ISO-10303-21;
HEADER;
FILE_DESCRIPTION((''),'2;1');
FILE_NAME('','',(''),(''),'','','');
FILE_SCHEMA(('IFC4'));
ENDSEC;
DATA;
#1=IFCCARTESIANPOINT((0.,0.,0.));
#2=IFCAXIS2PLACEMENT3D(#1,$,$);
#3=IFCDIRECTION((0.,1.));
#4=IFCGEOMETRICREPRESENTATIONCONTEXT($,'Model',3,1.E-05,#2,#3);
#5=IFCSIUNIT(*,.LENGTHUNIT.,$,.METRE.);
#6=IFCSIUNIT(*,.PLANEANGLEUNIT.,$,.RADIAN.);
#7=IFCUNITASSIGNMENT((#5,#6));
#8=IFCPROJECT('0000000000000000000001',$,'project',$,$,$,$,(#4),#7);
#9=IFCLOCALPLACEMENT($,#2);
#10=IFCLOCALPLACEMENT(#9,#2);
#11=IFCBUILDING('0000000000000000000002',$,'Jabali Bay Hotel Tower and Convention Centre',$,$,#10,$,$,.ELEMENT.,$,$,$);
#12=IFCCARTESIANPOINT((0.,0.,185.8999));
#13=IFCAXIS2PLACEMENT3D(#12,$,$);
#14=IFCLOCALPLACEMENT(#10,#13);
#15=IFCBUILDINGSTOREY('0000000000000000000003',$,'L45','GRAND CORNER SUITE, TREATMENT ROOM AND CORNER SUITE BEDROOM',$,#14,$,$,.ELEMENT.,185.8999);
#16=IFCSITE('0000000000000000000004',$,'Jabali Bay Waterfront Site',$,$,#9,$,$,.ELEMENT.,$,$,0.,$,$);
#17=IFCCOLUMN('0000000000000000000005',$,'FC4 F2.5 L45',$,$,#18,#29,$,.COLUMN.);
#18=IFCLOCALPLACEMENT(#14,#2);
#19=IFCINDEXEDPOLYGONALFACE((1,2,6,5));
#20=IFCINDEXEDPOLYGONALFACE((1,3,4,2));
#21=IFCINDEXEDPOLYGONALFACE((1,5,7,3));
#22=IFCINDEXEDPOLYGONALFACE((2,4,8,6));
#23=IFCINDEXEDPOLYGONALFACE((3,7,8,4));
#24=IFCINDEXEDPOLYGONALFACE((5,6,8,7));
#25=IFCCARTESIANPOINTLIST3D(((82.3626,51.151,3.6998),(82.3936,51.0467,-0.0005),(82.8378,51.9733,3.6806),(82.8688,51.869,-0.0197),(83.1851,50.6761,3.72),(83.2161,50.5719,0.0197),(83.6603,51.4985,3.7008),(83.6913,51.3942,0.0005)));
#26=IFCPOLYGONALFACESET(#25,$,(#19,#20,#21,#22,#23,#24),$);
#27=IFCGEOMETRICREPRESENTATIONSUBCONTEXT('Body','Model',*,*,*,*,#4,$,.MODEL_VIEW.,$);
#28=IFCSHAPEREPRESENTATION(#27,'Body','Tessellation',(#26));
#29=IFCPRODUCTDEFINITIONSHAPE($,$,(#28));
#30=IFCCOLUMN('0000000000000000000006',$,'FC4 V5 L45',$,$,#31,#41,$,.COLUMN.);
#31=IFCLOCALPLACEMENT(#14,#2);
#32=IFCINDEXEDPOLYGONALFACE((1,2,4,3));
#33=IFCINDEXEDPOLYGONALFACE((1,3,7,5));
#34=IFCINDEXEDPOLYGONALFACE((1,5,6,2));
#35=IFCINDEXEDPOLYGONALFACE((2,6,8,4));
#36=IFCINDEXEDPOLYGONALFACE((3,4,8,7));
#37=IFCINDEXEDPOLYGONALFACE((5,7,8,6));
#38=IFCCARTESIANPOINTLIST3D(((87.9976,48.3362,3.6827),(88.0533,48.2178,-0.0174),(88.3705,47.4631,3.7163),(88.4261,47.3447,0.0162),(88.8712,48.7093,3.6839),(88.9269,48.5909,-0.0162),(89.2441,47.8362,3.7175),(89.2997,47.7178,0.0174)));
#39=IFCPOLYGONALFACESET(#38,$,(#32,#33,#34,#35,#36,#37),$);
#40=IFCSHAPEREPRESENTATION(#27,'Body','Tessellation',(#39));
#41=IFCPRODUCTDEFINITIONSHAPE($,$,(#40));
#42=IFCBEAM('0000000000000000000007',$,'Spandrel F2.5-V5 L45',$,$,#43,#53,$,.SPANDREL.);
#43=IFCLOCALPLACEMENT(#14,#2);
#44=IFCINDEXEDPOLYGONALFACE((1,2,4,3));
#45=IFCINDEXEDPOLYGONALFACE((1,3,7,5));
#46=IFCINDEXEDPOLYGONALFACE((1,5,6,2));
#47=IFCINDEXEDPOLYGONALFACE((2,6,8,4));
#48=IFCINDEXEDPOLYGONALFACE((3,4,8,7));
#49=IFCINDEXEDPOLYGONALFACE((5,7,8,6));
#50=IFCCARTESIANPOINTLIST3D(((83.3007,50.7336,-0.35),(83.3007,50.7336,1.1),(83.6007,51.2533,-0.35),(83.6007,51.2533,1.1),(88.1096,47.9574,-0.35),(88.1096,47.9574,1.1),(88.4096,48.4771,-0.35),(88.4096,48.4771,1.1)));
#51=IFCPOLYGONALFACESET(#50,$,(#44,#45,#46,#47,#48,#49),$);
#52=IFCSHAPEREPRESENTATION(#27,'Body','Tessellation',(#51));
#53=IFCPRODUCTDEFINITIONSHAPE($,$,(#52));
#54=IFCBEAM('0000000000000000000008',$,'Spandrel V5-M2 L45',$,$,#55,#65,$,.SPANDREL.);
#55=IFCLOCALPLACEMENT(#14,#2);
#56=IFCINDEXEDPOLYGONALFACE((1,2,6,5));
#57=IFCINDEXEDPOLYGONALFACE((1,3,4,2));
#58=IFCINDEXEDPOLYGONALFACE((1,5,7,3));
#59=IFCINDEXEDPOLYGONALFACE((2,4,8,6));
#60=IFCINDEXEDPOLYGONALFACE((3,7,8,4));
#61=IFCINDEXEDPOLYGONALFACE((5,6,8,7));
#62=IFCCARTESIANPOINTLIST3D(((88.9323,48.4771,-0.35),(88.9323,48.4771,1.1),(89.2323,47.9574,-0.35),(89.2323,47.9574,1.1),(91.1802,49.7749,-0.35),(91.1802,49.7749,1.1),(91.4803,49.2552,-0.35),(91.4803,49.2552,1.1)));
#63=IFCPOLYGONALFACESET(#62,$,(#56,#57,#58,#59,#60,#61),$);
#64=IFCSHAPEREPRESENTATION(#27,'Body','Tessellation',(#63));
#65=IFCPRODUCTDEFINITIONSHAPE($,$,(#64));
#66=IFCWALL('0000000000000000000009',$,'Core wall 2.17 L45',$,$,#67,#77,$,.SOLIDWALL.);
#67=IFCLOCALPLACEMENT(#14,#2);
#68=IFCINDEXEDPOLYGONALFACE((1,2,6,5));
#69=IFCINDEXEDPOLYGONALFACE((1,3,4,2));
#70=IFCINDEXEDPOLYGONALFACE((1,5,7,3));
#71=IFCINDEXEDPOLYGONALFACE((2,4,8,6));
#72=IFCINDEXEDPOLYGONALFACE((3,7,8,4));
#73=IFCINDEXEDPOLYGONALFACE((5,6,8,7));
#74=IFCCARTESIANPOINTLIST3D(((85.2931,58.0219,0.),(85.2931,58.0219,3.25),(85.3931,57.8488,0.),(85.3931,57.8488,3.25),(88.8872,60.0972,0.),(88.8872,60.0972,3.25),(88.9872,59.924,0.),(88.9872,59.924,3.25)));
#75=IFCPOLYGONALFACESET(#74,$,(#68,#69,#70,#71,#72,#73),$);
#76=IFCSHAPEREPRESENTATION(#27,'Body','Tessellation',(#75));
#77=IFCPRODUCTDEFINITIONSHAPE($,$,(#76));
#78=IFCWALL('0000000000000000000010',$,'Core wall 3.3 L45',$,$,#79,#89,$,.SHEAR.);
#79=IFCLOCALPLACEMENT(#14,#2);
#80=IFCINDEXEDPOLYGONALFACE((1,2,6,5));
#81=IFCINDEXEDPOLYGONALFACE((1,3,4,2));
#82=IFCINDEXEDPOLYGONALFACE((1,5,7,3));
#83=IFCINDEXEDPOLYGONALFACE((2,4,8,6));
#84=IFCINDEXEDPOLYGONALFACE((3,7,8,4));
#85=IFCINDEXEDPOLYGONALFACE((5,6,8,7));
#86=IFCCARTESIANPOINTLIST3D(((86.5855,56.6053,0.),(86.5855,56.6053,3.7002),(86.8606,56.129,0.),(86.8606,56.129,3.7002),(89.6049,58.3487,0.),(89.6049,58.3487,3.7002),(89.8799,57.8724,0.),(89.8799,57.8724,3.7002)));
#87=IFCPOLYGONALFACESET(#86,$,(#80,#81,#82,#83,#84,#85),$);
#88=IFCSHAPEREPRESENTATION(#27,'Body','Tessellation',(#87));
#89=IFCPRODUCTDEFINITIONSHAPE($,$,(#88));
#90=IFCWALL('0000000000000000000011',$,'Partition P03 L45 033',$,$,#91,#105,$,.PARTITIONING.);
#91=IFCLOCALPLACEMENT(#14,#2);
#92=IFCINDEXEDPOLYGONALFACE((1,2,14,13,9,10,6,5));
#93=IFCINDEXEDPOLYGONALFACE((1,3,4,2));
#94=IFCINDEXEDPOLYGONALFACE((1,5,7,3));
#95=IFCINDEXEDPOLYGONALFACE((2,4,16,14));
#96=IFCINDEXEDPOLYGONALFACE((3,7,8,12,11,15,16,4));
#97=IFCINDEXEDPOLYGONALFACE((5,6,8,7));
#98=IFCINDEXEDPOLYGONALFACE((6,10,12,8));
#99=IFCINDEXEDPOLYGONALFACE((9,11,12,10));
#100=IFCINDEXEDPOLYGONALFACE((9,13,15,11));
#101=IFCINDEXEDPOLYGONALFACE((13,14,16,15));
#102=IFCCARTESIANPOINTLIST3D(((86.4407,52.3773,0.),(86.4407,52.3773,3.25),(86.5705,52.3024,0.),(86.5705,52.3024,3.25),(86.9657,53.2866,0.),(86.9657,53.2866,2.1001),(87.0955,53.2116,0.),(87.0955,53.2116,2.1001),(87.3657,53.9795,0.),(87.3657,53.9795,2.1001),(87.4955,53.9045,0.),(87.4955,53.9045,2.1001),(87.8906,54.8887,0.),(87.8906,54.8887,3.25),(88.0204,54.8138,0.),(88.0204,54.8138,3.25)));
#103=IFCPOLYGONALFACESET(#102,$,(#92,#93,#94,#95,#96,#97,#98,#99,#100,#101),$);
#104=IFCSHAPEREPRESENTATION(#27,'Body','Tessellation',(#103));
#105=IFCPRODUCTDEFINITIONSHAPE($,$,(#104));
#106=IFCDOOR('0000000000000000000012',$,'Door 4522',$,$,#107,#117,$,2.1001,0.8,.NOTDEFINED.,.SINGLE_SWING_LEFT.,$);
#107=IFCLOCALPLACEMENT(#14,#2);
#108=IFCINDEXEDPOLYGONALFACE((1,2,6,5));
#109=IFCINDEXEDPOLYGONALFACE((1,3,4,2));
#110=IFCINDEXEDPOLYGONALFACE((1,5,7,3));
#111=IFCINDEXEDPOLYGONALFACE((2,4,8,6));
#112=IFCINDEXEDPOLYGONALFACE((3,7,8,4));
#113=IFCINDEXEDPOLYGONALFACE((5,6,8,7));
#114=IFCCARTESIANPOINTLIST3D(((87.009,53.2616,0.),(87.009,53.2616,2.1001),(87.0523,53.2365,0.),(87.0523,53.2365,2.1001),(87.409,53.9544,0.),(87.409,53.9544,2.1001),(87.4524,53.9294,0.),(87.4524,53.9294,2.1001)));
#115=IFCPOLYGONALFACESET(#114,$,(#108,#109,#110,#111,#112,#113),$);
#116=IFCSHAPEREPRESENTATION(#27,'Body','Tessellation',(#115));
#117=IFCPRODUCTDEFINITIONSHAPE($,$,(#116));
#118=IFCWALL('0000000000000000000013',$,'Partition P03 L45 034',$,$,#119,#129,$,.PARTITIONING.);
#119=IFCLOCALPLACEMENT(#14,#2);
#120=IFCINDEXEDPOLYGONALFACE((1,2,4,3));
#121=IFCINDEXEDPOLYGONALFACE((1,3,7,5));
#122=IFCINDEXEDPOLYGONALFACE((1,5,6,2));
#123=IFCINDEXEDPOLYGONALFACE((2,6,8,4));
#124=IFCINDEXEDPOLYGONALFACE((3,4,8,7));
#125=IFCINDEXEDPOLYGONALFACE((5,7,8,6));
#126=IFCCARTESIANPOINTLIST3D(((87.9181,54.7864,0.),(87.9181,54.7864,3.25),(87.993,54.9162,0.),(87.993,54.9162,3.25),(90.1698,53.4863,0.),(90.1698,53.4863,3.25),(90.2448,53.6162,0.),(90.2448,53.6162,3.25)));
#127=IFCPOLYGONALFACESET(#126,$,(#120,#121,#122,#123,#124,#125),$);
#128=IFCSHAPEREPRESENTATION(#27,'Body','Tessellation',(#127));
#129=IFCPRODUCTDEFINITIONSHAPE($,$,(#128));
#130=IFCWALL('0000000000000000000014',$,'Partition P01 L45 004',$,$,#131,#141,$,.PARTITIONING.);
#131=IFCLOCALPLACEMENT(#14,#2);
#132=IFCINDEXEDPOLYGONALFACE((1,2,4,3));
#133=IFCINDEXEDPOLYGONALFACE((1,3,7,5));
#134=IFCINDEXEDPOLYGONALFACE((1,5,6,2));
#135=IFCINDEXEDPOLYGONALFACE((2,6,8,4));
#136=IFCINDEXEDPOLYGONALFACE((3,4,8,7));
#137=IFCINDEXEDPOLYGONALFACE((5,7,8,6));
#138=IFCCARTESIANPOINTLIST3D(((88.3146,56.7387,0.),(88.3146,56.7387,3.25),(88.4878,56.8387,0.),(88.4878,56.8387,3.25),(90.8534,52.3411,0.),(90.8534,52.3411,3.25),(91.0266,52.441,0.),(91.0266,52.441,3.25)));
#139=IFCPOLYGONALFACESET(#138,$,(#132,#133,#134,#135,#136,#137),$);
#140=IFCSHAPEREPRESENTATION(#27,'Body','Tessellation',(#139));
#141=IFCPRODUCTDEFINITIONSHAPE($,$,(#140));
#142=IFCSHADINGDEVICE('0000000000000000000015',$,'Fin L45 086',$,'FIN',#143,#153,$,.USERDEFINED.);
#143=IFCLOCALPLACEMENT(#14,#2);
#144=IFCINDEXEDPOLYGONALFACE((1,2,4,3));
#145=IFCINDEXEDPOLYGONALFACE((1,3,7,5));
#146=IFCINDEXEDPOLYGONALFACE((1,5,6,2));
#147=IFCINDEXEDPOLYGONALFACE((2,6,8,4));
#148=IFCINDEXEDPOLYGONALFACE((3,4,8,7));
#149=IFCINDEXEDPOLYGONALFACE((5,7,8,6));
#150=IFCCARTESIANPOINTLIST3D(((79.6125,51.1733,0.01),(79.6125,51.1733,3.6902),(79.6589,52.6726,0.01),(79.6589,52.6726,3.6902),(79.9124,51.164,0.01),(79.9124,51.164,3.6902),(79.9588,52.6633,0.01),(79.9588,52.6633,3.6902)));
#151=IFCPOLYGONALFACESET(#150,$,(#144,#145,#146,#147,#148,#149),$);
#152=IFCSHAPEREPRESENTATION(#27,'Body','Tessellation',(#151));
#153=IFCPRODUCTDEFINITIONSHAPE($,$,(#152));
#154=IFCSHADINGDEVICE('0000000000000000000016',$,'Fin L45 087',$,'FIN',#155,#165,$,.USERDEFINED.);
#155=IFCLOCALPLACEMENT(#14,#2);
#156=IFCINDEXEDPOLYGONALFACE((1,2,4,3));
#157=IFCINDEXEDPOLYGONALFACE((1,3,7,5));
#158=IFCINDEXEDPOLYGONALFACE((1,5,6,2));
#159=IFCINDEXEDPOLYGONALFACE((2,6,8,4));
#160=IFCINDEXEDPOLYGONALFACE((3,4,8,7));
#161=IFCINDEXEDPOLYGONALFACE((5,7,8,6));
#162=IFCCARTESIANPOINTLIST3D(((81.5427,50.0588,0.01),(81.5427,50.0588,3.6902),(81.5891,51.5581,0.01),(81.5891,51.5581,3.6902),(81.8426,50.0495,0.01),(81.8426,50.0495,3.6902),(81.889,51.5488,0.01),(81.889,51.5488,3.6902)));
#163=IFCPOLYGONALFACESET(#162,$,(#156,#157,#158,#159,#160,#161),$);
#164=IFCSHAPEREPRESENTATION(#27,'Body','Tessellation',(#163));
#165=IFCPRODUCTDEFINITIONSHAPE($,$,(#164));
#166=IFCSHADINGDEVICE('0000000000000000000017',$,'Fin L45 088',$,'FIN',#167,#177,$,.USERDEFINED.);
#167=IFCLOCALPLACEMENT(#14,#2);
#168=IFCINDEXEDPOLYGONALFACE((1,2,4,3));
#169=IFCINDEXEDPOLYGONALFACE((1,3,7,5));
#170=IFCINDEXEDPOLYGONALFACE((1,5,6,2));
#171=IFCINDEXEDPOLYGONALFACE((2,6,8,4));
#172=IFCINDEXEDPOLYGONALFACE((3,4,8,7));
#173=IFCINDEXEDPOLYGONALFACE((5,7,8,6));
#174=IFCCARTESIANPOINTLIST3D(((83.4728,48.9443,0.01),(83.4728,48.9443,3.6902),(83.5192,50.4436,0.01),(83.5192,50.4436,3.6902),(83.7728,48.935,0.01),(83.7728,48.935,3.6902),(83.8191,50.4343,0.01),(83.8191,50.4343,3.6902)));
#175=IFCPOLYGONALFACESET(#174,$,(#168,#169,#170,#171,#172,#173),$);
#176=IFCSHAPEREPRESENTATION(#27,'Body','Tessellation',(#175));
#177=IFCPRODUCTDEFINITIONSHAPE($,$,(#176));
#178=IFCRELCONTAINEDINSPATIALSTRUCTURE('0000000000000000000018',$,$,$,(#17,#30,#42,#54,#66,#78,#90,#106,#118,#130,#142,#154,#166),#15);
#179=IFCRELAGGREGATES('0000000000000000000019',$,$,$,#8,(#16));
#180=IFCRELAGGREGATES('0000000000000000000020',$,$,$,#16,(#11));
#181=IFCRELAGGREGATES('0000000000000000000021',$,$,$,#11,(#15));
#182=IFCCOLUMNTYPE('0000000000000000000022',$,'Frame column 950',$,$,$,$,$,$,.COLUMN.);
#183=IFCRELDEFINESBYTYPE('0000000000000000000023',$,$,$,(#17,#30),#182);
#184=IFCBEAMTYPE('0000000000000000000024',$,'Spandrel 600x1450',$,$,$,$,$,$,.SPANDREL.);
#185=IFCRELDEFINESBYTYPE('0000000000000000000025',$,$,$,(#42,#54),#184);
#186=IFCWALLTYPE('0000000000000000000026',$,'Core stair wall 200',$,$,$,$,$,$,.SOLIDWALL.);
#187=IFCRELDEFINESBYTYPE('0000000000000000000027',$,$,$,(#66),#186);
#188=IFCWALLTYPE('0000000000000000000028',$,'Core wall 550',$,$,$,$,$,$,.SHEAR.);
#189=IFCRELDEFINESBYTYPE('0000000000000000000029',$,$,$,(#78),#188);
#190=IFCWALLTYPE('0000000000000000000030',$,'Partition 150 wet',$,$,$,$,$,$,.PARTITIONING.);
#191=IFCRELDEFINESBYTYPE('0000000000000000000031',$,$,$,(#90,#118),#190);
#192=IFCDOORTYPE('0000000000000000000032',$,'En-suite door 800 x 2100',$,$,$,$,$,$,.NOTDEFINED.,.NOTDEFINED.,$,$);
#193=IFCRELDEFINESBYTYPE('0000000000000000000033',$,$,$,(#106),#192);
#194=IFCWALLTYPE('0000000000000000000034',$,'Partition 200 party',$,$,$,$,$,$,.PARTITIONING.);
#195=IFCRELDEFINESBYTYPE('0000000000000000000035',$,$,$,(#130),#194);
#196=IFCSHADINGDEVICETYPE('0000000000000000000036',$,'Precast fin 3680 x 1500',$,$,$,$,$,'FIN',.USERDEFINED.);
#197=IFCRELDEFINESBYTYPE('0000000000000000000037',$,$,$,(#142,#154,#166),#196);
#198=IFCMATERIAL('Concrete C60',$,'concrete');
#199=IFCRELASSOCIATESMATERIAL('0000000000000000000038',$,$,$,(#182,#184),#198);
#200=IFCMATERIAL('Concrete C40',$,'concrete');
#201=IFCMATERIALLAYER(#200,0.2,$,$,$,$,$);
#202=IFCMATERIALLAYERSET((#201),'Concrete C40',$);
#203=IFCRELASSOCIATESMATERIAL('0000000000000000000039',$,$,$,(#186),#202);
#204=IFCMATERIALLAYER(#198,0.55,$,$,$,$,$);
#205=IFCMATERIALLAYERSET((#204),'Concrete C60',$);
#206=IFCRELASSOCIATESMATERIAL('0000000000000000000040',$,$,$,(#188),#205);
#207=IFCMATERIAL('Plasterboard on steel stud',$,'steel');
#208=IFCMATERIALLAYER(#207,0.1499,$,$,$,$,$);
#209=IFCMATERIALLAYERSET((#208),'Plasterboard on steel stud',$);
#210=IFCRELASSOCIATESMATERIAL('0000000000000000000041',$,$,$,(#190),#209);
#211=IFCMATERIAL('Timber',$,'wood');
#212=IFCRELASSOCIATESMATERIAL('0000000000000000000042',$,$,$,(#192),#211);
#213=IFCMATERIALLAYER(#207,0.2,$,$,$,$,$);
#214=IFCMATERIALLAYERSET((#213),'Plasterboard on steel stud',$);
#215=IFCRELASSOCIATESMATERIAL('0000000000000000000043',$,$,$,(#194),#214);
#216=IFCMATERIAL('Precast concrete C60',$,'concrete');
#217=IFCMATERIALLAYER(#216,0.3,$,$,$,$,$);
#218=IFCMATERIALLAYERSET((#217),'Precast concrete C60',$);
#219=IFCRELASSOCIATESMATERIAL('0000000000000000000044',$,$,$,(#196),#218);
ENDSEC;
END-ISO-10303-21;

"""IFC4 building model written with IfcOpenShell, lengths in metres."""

from ifc_helpers import new_model, si_unit, direction, frame, frame_2d, origin, origin_2d, place, context, subcontext, project, spatial, rectangle, extrude, material, layer, layer_set, material_profile, profile_set, type_object, element, fill, save


model = new_model("IFC4")

# Units and contexts
model_context = context("Model", 3, precision=1e-05, world=origin(), true_north=direction((0.0, 1.0)))
body_context = subcontext(model_context, "Body", "Model", "MODEL_VIEW")
ifc_project = project(units=[si_unit("LENGTHUNIT", "METRE"), si_unit("PLANEANGLEUNIT", "RADIAN")], contexts=[model_context])

# Site, building, storey
site_placement = place(None, origin())
site = spatial("IfcSite", under=ifc_project, at=site_placement, Name="Jabali Bay Waterfront Site", CompositionType="ELEMENT", RefElevation=0.0)
building_placement = place(site_placement, origin())
building = spatial("IfcBuilding", under=site, at=building_placement, Name="Jabali Bay Hotel Tower and Convention Centre", CompositionType="ELEMENT")
storey_placement = place(building_placement, frame((0.0, 0.0, 185.8999)))
storey = spatial("IfcBuildingStorey", under=building, at=storey_placement, Name="L45", Description="GRAND CORNER SUITE, TREATMENT ROOM AND CORNER SUITE BEDROOM", CompositionType="ELEMENT", Elevation=185.8999)

# Columns
ifc_material_1 = material(Name="Concrete C60", Category="concrete")
ifc_material_profile_1 = material_profile(ifc_material_1, rectangle(XDim=0.95, YDim=0.95, at=origin_2d()), Name="Frame column 950")
ifc_profile_set_1 = profile_set([ifc_material_profile_1], Name="Concrete C60")
column_type = type_object("IfcColumnType", Name="Frame column 950", PredefinedType="COLUMN", material=ifc_profile_set_1)
column_1_placement = place(storey_placement, frame((83.0425, 51.2205, 0.0), z_axis=(-0.008376, 0.028161, 0.999568), x_axis=(-0.500228, -0.865658, 0.020197)))
element("IfcColumn", 1, at=column_1_placement, inside=storey, type_object=column_type, Name="FC4 F2.5 L45", PredefinedType="COLUMN", context=body_context, shape_type="SweptSolid", body=[
    extrude(rectangle(XDim=0.95, YDim=0.95, at=origin_2d()), origin(), (0.0, 0.0, 1.0), 3.7019),
])
column_2_placement = place(storey_placement, frame((88.6765, 47.9678, 0.0), z_axis=(-0.015034, 0.031981, 0.999375), x_axis=(0.392472, -0.919086, 0.035315)))
element("IfcColumn", 2, at=column_2_placement, inside=storey, type_object=column_type, Name="FC4 V5 L45", PredefinedType="COLUMN", context=body_context, shape_type="SweptSolid", body=[
    extrude(rectangle(XDim=0.95, YDim=0.95, at=origin_2d()), origin(), (0.0, 0.0, 1.0), 3.7024),
])

# Beams
ifc_material_profile_2 = material_profile(ifc_material_1, rectangle(XDim=0.6001, YDim=1.45, at=origin_2d()), Name="Spandrel 600x1450")
ifc_profile_set_2 = profile_set([ifc_material_profile_2], Name="Concrete C60")
beam_type = type_object("IfcBeamType", Name="Spandrel 600x1450", PredefinedType="SPANDREL", material=ifc_profile_set_2)
beam_1_placement = place(storey_placement, frame((83.4507, 50.9934, 0.375), z_axis=(0.866046, -0.499965, 0.0), x_axis=(0.499965, 0.866046, 0.0)))
element("IfcBeam", 3, at=beam_1_placement, inside=storey, type_object=beam_type, Name="Spandrel F2.5-V5 L45", PredefinedType="SPANDREL", context=body_context, shape_type="SweptSolid", body=[
    extrude(rectangle(XDim=0.6001, YDim=1.45, at=origin_2d()), origin(), (0.0, 0.0, 1.0), 5.5527),
])
beam_2_placement = place(storey_placement, frame((89.0823, 48.2173, 0.375), z_axis=(0.866035, 0.499983, 0.0), x_axis=(-0.499983, 0.866035, 0.0)))
element("IfcBeam", 4, at=beam_2_placement, inside=storey, type_object=beam_type, Name="Spandrel V5-M2 L45", PredefinedType="SPANDREL", context=body_context, shape_type="SweptSolid", body=[
    extrude(rectangle(XDim=0.6001, YDim=1.45, at=origin_2d()), origin(), (0.0, 0.0, 1.0), 2.5957),
])

# Walls
ifc_material_2 = material(Name="Concrete C40", Category="concrete")
ifc_layer_1 = layer(ifc_material_2, 0.2)
ifc_layer_set_1 = layer_set([ifc_layer_1], Name="Concrete C40")
wall_type_1 = type_object("IfcWallType", Name="Core stair wall 200", PredefinedType="SOLIDWALL", material=ifc_layer_set_1)
wall_1_placement = place(storey_placement, frame((85.343, 57.9353, 0.0), z_axis=(0.0, 0.0, 1.0), x_axis=(0.866004, 0.500036, 0.0)))
element("IfcWall", 5, at=wall_1_placement, inside=storey, type_object=wall_type_1, Name="Core wall 2.17 L45", PredefinedType="SOLIDWALL", context=body_context, shape_type="SweptSolid", body=[
    extrude(rectangle(XDim=4.1501, YDim=0.2, at=frame_2d((2.0752, 0.0))), origin(), (0.0, 0.0, 1.0), 3.25),
])
ifc_layer_2 = layer(ifc_material_1, 0.55)
ifc_layer_set_2 = layer_set([ifc_layer_2], Name="Concrete C60")
wall_type_2 = type_object("IfcWallType", Name="Core wall 550", PredefinedType="SHEAR", material=ifc_layer_set_2)
wall_2_placement = place(storey_placement, frame((86.7231, 56.3672, 0.0), z_axis=(0.0, 0.0, 1.0), x_axis=(0.865998, 0.500048, 0.0)))
element("IfcWall", 6, at=wall_2_placement, inside=storey, type_object=wall_type_2, Name="Core wall 3.3 L45", PredefinedType="SHEAR", context=body_context, shape_type="SweptSolid", body=[
    extrude(rectangle(XDim=3.4866, YDim=0.55, at=frame_2d((1.7432, 0.0))), origin(), (0.0, 0.0, 1.0), 3.7002),
])

# Wall, opening, door
ifc_material_3 = material(Name="Plasterboard on steel stud", Category="steel")
ifc_layer_3 = layer(ifc_material_3, 0.1499)
ifc_layer_set_3 = layer_set([ifc_layer_3], Name="Plasterboard on steel stud")
wall_type_3 = type_object("IfcWallType", Name="Partition 150 wet", PredefinedType="PARTITIONING", material=ifc_layer_set_3)
wall_3_placement = place(storey_placement, frame((86.5056, 52.3398, 0.0), z_axis=(0.0, 0.0, 1.0), x_axis=(0.499987, 0.866033, 0.0)))
wall_3 = element("IfcWall", 7, at=wall_3_placement, inside=storey, type_object=wall_type_3, Name="Partition P03 L45 033", PredefinedType="PARTITIONING", context=body_context, shape_type="SweptSolid", body=[
    extrude(rectangle(XDim=2.8999, YDim=0.1499, at=frame_2d((1.45, 0.0))), origin(), (0.0, 0.0, 1.0), 3.25),
])
opening_1_placement = place(wall_3_placement, frame((1.05, 0.0, 0.0)))
opening_1 = element("IfcOpeningElement", 8, at=opening_1_placement, cuts=wall_3, PredefinedType="OPENING", context=body_context, shape_type="SweptSolid", body=[
    extrude(rectangle(XDim=0.8, YDim=2.1001, at=frame_2d((0.3999, 1.05))), frame((0.0, 0.0854, 0.0), z_axis=(0.0, -1.0, 0.0), x_axis=(1.0, 0.0, 0.0)), (0.0, 0.0, 1.0), 0.1709),
])
ifc_material_4 = material(Name="Timber", Category="wood")
door_type_1 = type_object("IfcDoorType", Name="En-suite door 800 x 2100", OperationType="NOTDEFINED", PredefinedType="NOTDEFINED", material=ifc_material_4)
door_1_placement = place(opening_1_placement, origin())
door_1 = element("IfcDoor", 9, at=door_1_placement, inside=storey, type_object=door_type_1, Name="Door 4522", OperationType="SINGLE_SWING_LEFT", OverallHeight=2.1001, OverallWidth=0.8, PredefinedType="NOTDEFINED", context=body_context, shape_type="SweptSolid", body=[
    extrude(rectangle(XDim=0.8, YDim=2.1001, at=frame_2d((0.3999, 1.05))), frame((0.0, 0.0249, 0.0), z_axis=(0.0, -1.0, 0.0), x_axis=(1.0, 0.0, 0.0)), (0.0, 0.0, 1.0), 0.05),
])
fill(opening_1, door_1)

# Walls
wall_4_placement = place(storey_placement, frame((87.9556, 54.8513, 0.0), z_axis=(0.0, 0.0, 1.0), x_axis=(0.866021, -0.500007, 0.0)))
element("IfcWall", 10, at=wall_4_placement, inside=storey, type_object=wall_type_3, Name="Partition P03 L45 034", PredefinedType="PARTITIONING", context=body_context, shape_type="SweptSolid", body=[
    extrude(rectangle(XDim=2.6001, YDim=0.1499, at=frame_2d((1.3, 0.0))), origin(), (0.0, 0.0, 1.0), 3.25),
])
ifc_layer_4 = layer(ifc_material_3, 0.2)
ifc_layer_set_4 = layer_set([ifc_layer_4], Name="Plasterboard on steel stud")
wall_type_4 = type_object("IfcWallType", Name="Partition 200 party", PredefinedType="PARTITIONING", material=ifc_layer_set_4)
wall_5_placement = place(storey_placement, frame((88.4011, 56.7888, 0.0), z_axis=(0.0, 0.0, 1.0), x_axis=(0.499971, -0.866042, 0.0)))
element("IfcWall", 11, at=wall_5_placement, inside=storey, type_object=wall_type_4, Name="Partition P01 L45 004", PredefinedType="PARTITIONING", context=body_context, shape_type="SweptSolid", body=[
    extrude(rectangle(XDim=5.0779, YDim=0.2, at=frame_2d((2.5391, 0.0))), origin(), (0.0, 0.0, 1.0), 3.25),
])

# Shading devices
ifc_material_5 = material(Name="Precast concrete C60", Category="concrete")
ifc_layer_5 = layer(ifc_material_5, 0.3)
ifc_layer_set_5 = layer_set([ifc_layer_5], Name="Precast concrete C60")
shading_device_type = type_object("IfcShadingDeviceType", Name="Precast fin 3680 x 1500", ElementType="FIN", PredefinedType="USERDEFINED", material=ifc_layer_set_5)
for number, where, z_axis, x_axis, name in (
    (12, (79.8088, 52.668, 0.01), (0.0, 0.0, 1.0), (-0.030925, -0.999522, 0.0), "Fin L45 086"),
    (13, (81.739, 51.5535, 0.01), (0.0, 0.0, 1.0), (-0.030925, -0.999522, 0.0), "Fin L45 087"),
    (14, (83.6692, 50.439, 0.01), (0.0, 0.0, 1.0), (-0.030925, -0.999522, 0.0), "Fin L45 088"),
):
    element("IfcShadingDevice", number, at=place(storey_placement, frame(where, z_axis=z_axis, x_axis=x_axis)), inside=storey, type_object=shading_device_type, Name=name, ObjectType="FIN", PredefinedType="USERDEFINED", context=body_context, shape_type="SweptSolid", body=[
        extrude(rectangle(XDim=1.5, YDim=0.3, at=frame_2d((0.75, 0.0))), origin(), (0.0, 0.0, 1.0), 3.6802),
    ])

save(model, "model.ifc")
